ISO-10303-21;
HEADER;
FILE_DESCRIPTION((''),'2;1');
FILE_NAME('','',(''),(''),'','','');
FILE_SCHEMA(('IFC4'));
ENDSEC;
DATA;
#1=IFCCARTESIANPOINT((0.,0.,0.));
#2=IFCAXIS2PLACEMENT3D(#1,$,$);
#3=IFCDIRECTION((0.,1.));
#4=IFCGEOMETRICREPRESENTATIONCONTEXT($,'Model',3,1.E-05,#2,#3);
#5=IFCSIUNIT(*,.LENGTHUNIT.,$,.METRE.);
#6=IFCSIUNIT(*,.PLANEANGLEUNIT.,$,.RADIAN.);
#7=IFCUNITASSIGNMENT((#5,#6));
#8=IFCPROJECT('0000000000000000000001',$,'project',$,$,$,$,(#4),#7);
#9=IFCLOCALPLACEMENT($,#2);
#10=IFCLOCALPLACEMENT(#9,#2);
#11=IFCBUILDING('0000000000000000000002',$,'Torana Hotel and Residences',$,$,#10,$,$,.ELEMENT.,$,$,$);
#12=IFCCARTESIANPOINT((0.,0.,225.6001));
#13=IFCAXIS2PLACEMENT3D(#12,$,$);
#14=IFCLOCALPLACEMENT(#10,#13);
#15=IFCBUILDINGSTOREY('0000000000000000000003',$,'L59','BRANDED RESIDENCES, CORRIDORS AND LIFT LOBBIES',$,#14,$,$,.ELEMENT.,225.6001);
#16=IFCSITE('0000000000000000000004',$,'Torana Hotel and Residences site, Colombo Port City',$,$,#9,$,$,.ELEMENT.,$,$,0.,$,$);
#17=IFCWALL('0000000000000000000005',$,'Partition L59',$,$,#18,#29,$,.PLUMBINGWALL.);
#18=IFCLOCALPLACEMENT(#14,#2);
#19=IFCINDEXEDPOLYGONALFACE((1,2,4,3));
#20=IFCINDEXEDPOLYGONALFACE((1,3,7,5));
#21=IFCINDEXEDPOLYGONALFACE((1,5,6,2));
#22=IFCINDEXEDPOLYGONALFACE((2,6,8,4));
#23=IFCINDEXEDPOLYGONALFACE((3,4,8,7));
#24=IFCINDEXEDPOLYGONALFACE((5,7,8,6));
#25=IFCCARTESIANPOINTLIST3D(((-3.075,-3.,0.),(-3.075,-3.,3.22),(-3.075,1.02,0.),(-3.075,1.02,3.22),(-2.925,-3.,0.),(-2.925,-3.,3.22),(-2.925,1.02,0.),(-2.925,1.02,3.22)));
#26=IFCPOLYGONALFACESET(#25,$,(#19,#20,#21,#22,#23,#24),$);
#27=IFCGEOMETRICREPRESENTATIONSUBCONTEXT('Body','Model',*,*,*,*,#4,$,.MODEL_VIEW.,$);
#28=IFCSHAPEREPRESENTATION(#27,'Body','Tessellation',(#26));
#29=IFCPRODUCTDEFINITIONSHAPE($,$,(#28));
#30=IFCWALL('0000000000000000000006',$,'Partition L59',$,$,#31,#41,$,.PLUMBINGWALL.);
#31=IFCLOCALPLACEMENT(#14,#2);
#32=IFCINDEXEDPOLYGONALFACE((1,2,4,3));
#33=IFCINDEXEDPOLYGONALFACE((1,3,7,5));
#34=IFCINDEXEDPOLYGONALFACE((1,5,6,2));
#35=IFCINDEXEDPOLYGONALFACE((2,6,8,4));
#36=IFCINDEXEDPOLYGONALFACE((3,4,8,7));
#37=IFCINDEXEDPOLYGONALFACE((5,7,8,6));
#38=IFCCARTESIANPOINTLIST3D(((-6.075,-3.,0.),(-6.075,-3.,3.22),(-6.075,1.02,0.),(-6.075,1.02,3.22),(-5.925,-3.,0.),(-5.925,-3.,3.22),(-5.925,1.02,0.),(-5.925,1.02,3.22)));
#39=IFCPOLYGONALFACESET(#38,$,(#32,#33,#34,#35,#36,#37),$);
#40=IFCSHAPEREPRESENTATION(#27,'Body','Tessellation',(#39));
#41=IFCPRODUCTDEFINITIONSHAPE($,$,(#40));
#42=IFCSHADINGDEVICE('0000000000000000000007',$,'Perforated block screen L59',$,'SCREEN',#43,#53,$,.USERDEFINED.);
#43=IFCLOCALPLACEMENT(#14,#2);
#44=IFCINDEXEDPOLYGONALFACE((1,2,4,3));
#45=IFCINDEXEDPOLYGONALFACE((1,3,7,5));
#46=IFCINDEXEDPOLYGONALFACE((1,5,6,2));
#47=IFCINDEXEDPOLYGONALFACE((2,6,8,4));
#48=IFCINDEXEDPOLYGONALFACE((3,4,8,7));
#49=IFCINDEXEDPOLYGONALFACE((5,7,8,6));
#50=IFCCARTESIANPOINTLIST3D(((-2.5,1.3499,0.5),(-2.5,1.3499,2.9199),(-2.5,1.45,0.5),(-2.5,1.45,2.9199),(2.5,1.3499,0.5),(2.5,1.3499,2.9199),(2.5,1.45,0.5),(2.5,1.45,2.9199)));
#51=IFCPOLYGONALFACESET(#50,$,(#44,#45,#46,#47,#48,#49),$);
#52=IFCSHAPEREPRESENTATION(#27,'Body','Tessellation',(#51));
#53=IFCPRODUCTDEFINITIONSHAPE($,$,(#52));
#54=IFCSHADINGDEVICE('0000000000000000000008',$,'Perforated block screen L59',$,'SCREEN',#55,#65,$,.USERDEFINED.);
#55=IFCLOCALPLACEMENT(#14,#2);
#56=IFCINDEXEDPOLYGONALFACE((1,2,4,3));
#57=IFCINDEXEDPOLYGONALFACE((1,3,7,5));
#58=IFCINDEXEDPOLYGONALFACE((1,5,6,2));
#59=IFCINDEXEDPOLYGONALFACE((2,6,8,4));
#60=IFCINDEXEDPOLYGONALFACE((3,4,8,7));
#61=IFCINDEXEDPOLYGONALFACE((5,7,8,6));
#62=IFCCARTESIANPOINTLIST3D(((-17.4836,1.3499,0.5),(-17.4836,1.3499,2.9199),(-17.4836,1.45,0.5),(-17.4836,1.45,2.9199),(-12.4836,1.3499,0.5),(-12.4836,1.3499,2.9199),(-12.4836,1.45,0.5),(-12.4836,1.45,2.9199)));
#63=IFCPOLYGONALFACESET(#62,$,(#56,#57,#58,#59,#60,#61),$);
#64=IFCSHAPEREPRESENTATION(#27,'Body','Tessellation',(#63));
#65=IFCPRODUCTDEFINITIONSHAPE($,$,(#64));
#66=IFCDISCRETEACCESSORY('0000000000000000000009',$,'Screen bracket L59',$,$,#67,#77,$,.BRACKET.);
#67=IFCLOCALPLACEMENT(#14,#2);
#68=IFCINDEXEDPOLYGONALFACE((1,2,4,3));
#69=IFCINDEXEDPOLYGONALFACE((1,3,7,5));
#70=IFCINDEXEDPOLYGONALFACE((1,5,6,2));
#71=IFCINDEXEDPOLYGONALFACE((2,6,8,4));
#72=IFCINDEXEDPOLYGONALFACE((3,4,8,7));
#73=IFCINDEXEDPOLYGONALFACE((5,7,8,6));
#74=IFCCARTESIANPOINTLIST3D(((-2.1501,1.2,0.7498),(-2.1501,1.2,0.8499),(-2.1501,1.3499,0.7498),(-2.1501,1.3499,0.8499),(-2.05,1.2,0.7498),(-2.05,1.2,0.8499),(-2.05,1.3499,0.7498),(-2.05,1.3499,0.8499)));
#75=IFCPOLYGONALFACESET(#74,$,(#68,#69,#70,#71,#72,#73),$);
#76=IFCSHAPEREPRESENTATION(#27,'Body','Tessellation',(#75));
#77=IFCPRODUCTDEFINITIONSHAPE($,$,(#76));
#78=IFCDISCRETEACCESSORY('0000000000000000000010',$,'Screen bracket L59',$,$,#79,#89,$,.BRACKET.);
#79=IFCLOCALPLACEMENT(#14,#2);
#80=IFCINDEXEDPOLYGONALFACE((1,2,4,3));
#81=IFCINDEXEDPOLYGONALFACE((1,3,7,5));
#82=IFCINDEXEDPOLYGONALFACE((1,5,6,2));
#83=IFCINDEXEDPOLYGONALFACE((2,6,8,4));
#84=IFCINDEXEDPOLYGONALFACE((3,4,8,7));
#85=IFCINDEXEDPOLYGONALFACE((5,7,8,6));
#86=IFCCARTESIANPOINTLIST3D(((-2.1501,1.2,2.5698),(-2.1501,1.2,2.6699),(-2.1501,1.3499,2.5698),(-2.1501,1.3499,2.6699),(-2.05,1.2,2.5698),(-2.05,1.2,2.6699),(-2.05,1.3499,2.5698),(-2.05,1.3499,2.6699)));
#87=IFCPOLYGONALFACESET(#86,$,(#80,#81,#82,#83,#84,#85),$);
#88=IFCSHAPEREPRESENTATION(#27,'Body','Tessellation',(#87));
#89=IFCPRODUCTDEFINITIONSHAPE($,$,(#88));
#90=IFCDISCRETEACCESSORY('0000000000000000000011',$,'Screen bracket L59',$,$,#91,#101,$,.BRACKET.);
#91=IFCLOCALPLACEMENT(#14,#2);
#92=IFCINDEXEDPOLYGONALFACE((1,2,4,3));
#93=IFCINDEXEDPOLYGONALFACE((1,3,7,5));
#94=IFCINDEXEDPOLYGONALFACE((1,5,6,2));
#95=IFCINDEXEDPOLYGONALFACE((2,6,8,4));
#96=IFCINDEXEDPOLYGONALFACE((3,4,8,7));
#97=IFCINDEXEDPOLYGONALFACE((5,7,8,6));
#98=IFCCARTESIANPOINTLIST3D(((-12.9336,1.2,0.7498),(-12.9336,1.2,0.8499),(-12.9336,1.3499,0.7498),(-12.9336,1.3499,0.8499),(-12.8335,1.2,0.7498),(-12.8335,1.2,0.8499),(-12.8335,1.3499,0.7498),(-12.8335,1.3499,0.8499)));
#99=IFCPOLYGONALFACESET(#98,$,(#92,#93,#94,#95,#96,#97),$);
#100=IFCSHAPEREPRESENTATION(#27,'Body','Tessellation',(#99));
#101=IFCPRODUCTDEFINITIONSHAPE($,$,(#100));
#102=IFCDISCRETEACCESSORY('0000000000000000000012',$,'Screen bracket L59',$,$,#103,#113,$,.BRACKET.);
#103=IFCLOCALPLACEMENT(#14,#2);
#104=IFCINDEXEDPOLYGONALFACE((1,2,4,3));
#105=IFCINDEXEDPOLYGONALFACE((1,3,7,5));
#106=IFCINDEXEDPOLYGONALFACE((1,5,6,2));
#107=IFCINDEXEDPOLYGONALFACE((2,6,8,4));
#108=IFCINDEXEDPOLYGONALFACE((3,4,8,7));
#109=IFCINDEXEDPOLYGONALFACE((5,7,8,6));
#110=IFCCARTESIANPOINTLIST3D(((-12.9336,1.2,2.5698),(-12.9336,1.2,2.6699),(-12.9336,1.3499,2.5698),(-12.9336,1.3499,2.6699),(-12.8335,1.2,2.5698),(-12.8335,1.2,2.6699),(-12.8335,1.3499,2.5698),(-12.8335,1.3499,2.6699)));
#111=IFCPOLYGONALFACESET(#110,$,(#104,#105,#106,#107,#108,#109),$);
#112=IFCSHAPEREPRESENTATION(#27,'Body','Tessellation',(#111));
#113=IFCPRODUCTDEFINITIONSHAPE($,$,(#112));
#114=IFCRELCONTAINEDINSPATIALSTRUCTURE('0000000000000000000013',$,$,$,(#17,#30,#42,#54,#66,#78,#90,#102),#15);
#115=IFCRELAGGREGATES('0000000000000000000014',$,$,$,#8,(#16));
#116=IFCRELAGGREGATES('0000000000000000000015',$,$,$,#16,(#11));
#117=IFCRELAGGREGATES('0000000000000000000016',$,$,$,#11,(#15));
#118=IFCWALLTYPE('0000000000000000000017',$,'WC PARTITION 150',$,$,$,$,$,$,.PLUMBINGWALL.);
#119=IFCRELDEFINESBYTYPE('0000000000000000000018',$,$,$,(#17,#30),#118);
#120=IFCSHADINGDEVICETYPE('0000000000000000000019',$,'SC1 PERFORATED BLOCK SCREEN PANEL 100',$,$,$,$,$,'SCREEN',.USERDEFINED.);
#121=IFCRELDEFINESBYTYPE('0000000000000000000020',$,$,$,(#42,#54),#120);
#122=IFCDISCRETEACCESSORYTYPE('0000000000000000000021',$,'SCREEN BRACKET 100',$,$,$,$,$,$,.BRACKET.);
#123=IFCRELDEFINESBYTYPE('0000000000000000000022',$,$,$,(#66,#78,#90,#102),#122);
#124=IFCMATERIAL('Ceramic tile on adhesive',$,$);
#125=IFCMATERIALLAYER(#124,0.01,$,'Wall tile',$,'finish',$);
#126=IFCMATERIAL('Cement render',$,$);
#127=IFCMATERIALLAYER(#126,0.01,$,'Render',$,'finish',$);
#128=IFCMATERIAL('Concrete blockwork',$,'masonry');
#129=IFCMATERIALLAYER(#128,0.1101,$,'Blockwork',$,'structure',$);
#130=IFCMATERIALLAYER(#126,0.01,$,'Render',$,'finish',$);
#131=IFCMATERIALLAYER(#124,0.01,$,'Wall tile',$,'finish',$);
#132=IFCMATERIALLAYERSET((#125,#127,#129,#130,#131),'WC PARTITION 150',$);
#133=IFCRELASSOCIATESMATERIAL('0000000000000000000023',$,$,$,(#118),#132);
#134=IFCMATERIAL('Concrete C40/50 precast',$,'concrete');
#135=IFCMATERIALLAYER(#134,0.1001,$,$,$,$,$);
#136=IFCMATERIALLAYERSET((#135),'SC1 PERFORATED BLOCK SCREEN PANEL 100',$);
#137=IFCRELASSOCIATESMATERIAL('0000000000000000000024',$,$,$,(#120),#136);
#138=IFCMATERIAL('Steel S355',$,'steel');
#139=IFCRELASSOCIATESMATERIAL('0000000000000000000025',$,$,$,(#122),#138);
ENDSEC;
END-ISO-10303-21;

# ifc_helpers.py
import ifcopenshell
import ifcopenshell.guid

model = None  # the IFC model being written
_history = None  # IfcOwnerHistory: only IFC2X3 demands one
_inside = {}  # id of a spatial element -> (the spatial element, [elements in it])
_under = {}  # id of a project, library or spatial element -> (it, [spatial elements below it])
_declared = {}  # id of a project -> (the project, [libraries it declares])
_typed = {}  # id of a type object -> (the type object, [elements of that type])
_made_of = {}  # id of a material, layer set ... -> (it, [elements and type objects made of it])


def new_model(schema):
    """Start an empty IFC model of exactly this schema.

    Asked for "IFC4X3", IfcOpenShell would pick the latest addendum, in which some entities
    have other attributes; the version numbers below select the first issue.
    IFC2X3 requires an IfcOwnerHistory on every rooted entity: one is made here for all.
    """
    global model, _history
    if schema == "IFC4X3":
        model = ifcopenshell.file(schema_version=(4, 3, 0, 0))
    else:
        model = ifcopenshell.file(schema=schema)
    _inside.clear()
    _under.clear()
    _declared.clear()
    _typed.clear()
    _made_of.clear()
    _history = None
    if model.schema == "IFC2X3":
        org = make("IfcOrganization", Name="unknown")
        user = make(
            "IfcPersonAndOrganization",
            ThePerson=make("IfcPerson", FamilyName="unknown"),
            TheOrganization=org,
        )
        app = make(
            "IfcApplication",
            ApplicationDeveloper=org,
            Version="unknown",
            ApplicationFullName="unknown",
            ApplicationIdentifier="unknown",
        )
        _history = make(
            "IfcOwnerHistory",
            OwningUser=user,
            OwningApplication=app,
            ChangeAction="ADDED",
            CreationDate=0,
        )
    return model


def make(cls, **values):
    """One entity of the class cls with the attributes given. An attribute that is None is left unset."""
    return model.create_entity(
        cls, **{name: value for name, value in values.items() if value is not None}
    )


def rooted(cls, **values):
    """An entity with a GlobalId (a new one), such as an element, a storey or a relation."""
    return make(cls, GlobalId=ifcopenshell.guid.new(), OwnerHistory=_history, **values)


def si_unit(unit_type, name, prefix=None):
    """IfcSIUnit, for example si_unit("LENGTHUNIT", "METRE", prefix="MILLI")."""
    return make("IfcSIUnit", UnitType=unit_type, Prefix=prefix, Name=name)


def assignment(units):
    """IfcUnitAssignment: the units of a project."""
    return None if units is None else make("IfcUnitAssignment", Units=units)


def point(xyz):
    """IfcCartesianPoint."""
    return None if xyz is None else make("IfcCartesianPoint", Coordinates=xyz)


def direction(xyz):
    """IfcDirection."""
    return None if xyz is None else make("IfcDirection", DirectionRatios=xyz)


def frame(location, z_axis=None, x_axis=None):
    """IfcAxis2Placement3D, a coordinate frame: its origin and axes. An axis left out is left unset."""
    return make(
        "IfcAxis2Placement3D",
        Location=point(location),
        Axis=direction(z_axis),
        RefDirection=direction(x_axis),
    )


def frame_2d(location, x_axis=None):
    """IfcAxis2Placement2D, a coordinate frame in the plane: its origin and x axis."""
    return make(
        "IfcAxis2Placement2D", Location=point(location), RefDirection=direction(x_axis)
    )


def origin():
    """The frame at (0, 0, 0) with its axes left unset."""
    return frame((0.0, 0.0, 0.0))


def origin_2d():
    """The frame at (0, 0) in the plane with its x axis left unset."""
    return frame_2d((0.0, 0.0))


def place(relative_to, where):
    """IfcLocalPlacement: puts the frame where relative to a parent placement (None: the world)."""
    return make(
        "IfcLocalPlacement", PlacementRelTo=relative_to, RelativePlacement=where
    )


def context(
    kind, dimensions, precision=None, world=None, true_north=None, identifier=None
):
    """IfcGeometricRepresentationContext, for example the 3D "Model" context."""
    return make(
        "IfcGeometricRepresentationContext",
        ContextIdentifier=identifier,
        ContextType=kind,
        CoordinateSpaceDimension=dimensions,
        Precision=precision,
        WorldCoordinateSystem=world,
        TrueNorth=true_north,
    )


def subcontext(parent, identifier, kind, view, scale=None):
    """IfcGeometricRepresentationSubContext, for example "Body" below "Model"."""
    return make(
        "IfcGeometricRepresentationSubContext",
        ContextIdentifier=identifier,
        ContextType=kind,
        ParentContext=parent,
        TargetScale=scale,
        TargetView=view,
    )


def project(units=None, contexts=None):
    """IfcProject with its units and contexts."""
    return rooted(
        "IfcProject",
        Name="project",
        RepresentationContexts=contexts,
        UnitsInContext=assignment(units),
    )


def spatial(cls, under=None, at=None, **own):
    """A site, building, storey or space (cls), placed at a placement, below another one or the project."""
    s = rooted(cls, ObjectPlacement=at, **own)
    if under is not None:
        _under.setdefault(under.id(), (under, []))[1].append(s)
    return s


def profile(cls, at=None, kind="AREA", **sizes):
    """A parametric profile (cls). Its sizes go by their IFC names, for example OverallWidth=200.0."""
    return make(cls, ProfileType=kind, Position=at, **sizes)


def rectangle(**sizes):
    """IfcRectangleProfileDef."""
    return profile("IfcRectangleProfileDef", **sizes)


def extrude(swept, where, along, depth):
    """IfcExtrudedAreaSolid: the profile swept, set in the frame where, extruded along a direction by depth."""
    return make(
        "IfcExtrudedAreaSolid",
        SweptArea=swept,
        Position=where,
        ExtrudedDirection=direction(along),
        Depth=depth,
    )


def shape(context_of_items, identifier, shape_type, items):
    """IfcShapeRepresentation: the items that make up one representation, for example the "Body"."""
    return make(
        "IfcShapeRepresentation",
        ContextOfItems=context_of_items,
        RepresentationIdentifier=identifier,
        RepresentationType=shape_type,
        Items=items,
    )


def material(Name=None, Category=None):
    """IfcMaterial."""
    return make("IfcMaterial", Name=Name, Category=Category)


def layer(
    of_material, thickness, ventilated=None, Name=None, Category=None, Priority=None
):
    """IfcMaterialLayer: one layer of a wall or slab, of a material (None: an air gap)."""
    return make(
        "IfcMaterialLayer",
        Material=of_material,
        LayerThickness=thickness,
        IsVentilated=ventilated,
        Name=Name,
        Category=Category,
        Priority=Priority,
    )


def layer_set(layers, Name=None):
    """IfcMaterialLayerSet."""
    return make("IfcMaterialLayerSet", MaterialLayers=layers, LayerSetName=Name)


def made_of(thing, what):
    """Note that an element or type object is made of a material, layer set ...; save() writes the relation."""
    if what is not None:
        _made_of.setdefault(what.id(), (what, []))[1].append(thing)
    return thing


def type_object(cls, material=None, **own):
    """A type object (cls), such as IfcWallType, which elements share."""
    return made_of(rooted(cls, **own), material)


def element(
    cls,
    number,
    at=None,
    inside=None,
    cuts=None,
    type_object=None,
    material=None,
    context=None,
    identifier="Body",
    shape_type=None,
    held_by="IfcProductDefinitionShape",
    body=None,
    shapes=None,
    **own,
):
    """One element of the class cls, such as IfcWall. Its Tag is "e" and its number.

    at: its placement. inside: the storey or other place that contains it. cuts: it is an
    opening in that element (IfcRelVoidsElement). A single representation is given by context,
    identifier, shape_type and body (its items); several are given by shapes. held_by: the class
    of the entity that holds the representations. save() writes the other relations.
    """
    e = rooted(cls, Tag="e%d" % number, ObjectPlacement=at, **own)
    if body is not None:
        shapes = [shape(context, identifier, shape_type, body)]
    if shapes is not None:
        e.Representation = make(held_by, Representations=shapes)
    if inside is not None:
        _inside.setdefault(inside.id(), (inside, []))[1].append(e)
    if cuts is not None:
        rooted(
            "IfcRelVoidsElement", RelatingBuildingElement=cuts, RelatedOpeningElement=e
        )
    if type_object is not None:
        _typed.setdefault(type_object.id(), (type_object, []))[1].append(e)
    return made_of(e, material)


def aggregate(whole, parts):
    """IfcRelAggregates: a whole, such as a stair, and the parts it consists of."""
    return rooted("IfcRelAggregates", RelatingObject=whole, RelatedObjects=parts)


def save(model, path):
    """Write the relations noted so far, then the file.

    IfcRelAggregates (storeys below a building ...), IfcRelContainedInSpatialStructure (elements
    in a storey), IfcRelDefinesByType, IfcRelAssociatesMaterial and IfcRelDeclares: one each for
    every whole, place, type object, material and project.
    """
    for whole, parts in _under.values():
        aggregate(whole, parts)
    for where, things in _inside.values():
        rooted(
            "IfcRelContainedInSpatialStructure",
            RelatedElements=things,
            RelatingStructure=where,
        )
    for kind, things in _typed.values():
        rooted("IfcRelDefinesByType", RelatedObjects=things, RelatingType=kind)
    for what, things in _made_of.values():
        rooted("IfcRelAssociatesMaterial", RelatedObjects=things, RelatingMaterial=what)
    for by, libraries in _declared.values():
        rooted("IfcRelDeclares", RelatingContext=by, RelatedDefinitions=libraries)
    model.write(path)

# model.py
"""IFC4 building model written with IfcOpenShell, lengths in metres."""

from ifc_helpers import new_model, si_unit, direction, frame, frame_2d, origin, origin_2d, place, context, subcontext, project, spatial, rectangle, extrude, material, layer, layer_set, type_object, element, save


model = new_model("IFC4")

# Units and contexts
model_context = context("Model", 3, precision=1e-05, world=origin(), true_north=direction((0.0, 1.0)))
body_context = subcontext(model_context, "Body", "Model", "MODEL_VIEW")
ifc_project = project(units=[si_unit("LENGTHUNIT", "METRE"), si_unit("PLANEANGLEUNIT", "RADIAN")], contexts=[model_context])

# Site, building, storey
site_placement = place(None, origin())
site = spatial("IfcSite", under=ifc_project, at=site_placement, Name="Torana Hotel and Residences site, Colombo Port City", CompositionType="ELEMENT", RefElevation=0.0)
building_placement = place(site_placement, origin())
building = spatial("IfcBuilding", under=site, at=building_placement, Name="Torana Hotel and Residences", CompositionType="ELEMENT")
storey_placement = place(building_placement, frame((0.0, 0.0, 225.6001)))
storey = spatial("IfcBuildingStorey", under=building, at=storey_placement, Name="L59", Description="BRANDED RESIDENCES, CORRIDORS AND LIFT LOBBIES", CompositionType="ELEMENT", Elevation=225.6001)

# Walls
ifc_material_1 = material(Name="Ceramic tile on adhesive")
ifc_layer_1 = layer(ifc_material_1, 0.01, Name="Wall tile", Category="finish")
ifc_material_2 = material(Name="Cement render")
ifc_layer_2 = layer(ifc_material_2, 0.01, Name="Render", Category="finish")
ifc_material_3 = material(Name="Concrete blockwork", Category="masonry")
ifc_layer_3 = layer(ifc_material_3, 0.1101, Name="Blockwork", Category="structure")
ifc_layer_4 = layer(ifc_material_2, 0.01, Name="Render", Category="finish")
ifc_layer_5 = layer(ifc_material_1, 0.01, Name="Wall tile", Category="finish")
ifc_layer_set_1 = layer_set([ifc_layer_1, ifc_layer_2, ifc_layer_3, ifc_layer_4, ifc_layer_5], Name="WC PARTITION 150")
wall_type_1 = type_object("IfcWallType", Name="WC PARTITION 150", PredefinedType="PLUMBINGWALL", material=ifc_layer_set_1)
for number, where, z_axis, x_axis, name in (
    (1, (-3.0, -3.0, 0.0), (0.0, 0.0, 1.0), (0.0, 1.0, 0.0), "Partition L59"),
    (2, (-6.0, -3.0, 0.0), (0.0, 0.0, 1.0), (0.0, 1.0, 0.0), "Partition L59"),
):
    element("IfcWall", number, at=place(storey_placement, frame(where, z_axis=z_axis, x_axis=x_axis)), inside=storey, type_object=wall_type_1, Name=name, PredefinedType="PLUMBINGWALL", context=body_context, shape_type="SweptSolid", body=[
        extrude(rectangle(XDim=4.02, YDim=0.1499, at=frame_2d((2.01, 0.0))), origin(), (0.0, 0.0, 1.0), 3.22),
    ])

# Shading devices
ifc_material_4 = material(Name="Concrete C40/50 precast", Category="concrete")
ifc_layer_6 = layer(ifc_material_4, 0.1001)
ifc_layer_set_2 = layer_set([ifc_layer_6], Name="SC1 PERFORATED BLOCK SCREEN PANEL 100")
shading_device_type = type_object("IfcShadingDeviceType", Name="SC1 PERFORATED BLOCK SCREEN PANEL 100", ElementType="SCREEN", PredefinedType="USERDEFINED", material=ifc_layer_set_2)
for number, where, z_axis, x_axis, name in (
    (3, (0.0, 1.3999, 0.5), (0.0, 0.0, 1.0), (-1.0, 0.0, 0.0), "Perforated block screen L59"),
    (4, (-14.9836, 1.3999, 0.5), (0.0, 0.0, 1.0), (-1.0, 0.0, 0.0), "Perforated block screen L59"),
):
    element("IfcShadingDevice", number, at=place(storey_placement, frame(where, z_axis=z_axis, x_axis=x_axis)), inside=storey, type_object=shading_device_type, Name=name, ObjectType="SCREEN", PredefinedType="USERDEFINED", context=body_context, shape_type="SweptSolid", body=[
        extrude(rectangle(XDim=5.0, YDim=0.1001, at=origin_2d()), origin(), (0.0, 0.0, 1.0), 2.4199),
    ])

# Discrete accessories
ifc_material_5 = material(Name="Steel S355", Category="steel")
discrete_accessory_type = type_object("IfcDiscreteAccessoryType", Name="SCREEN BRACKET 100", PredefinedType="BRACKET", material=ifc_material_5)
for number, where, z_axis, x_axis, name in (
    (5, (-2.1001, 1.2749, 0.7498), (0.0, 0.0, 1.0), (-1.0, 0.0, 0.0), "Screen bracket L59"),
    (6, (-2.1001, 1.2749, 2.5698), (0.0, 0.0, 1.0), (-1.0, 0.0, 0.0), "Screen bracket L59"),
    (7, (-12.8835, 1.2749, 0.7498), (0.0, 0.0, 1.0), (-1.0, 0.0, 0.0), "Screen bracket L59"),
    (8, (-12.8835, 1.2749, 2.5698), (0.0, 0.0, 1.0), (-1.0, 0.0, 0.0), "Screen bracket L59"),
):
    element("IfcDiscreteAccessory", number, at=place(storey_placement, frame(where, z_axis=z_axis, x_axis=x_axis)), inside=storey, type_object=discrete_accessory_type, Name=name, PredefinedType="BRACKET", context=body_context, shape_type="SweptSolid", body=[
        extrude(rectangle(XDim=0.1001, YDim=0.1499, at=origin_2d()), origin(), (0.0, 0.0, 1.0), 0.1001),
    ])

save(model, "model.ifc")
